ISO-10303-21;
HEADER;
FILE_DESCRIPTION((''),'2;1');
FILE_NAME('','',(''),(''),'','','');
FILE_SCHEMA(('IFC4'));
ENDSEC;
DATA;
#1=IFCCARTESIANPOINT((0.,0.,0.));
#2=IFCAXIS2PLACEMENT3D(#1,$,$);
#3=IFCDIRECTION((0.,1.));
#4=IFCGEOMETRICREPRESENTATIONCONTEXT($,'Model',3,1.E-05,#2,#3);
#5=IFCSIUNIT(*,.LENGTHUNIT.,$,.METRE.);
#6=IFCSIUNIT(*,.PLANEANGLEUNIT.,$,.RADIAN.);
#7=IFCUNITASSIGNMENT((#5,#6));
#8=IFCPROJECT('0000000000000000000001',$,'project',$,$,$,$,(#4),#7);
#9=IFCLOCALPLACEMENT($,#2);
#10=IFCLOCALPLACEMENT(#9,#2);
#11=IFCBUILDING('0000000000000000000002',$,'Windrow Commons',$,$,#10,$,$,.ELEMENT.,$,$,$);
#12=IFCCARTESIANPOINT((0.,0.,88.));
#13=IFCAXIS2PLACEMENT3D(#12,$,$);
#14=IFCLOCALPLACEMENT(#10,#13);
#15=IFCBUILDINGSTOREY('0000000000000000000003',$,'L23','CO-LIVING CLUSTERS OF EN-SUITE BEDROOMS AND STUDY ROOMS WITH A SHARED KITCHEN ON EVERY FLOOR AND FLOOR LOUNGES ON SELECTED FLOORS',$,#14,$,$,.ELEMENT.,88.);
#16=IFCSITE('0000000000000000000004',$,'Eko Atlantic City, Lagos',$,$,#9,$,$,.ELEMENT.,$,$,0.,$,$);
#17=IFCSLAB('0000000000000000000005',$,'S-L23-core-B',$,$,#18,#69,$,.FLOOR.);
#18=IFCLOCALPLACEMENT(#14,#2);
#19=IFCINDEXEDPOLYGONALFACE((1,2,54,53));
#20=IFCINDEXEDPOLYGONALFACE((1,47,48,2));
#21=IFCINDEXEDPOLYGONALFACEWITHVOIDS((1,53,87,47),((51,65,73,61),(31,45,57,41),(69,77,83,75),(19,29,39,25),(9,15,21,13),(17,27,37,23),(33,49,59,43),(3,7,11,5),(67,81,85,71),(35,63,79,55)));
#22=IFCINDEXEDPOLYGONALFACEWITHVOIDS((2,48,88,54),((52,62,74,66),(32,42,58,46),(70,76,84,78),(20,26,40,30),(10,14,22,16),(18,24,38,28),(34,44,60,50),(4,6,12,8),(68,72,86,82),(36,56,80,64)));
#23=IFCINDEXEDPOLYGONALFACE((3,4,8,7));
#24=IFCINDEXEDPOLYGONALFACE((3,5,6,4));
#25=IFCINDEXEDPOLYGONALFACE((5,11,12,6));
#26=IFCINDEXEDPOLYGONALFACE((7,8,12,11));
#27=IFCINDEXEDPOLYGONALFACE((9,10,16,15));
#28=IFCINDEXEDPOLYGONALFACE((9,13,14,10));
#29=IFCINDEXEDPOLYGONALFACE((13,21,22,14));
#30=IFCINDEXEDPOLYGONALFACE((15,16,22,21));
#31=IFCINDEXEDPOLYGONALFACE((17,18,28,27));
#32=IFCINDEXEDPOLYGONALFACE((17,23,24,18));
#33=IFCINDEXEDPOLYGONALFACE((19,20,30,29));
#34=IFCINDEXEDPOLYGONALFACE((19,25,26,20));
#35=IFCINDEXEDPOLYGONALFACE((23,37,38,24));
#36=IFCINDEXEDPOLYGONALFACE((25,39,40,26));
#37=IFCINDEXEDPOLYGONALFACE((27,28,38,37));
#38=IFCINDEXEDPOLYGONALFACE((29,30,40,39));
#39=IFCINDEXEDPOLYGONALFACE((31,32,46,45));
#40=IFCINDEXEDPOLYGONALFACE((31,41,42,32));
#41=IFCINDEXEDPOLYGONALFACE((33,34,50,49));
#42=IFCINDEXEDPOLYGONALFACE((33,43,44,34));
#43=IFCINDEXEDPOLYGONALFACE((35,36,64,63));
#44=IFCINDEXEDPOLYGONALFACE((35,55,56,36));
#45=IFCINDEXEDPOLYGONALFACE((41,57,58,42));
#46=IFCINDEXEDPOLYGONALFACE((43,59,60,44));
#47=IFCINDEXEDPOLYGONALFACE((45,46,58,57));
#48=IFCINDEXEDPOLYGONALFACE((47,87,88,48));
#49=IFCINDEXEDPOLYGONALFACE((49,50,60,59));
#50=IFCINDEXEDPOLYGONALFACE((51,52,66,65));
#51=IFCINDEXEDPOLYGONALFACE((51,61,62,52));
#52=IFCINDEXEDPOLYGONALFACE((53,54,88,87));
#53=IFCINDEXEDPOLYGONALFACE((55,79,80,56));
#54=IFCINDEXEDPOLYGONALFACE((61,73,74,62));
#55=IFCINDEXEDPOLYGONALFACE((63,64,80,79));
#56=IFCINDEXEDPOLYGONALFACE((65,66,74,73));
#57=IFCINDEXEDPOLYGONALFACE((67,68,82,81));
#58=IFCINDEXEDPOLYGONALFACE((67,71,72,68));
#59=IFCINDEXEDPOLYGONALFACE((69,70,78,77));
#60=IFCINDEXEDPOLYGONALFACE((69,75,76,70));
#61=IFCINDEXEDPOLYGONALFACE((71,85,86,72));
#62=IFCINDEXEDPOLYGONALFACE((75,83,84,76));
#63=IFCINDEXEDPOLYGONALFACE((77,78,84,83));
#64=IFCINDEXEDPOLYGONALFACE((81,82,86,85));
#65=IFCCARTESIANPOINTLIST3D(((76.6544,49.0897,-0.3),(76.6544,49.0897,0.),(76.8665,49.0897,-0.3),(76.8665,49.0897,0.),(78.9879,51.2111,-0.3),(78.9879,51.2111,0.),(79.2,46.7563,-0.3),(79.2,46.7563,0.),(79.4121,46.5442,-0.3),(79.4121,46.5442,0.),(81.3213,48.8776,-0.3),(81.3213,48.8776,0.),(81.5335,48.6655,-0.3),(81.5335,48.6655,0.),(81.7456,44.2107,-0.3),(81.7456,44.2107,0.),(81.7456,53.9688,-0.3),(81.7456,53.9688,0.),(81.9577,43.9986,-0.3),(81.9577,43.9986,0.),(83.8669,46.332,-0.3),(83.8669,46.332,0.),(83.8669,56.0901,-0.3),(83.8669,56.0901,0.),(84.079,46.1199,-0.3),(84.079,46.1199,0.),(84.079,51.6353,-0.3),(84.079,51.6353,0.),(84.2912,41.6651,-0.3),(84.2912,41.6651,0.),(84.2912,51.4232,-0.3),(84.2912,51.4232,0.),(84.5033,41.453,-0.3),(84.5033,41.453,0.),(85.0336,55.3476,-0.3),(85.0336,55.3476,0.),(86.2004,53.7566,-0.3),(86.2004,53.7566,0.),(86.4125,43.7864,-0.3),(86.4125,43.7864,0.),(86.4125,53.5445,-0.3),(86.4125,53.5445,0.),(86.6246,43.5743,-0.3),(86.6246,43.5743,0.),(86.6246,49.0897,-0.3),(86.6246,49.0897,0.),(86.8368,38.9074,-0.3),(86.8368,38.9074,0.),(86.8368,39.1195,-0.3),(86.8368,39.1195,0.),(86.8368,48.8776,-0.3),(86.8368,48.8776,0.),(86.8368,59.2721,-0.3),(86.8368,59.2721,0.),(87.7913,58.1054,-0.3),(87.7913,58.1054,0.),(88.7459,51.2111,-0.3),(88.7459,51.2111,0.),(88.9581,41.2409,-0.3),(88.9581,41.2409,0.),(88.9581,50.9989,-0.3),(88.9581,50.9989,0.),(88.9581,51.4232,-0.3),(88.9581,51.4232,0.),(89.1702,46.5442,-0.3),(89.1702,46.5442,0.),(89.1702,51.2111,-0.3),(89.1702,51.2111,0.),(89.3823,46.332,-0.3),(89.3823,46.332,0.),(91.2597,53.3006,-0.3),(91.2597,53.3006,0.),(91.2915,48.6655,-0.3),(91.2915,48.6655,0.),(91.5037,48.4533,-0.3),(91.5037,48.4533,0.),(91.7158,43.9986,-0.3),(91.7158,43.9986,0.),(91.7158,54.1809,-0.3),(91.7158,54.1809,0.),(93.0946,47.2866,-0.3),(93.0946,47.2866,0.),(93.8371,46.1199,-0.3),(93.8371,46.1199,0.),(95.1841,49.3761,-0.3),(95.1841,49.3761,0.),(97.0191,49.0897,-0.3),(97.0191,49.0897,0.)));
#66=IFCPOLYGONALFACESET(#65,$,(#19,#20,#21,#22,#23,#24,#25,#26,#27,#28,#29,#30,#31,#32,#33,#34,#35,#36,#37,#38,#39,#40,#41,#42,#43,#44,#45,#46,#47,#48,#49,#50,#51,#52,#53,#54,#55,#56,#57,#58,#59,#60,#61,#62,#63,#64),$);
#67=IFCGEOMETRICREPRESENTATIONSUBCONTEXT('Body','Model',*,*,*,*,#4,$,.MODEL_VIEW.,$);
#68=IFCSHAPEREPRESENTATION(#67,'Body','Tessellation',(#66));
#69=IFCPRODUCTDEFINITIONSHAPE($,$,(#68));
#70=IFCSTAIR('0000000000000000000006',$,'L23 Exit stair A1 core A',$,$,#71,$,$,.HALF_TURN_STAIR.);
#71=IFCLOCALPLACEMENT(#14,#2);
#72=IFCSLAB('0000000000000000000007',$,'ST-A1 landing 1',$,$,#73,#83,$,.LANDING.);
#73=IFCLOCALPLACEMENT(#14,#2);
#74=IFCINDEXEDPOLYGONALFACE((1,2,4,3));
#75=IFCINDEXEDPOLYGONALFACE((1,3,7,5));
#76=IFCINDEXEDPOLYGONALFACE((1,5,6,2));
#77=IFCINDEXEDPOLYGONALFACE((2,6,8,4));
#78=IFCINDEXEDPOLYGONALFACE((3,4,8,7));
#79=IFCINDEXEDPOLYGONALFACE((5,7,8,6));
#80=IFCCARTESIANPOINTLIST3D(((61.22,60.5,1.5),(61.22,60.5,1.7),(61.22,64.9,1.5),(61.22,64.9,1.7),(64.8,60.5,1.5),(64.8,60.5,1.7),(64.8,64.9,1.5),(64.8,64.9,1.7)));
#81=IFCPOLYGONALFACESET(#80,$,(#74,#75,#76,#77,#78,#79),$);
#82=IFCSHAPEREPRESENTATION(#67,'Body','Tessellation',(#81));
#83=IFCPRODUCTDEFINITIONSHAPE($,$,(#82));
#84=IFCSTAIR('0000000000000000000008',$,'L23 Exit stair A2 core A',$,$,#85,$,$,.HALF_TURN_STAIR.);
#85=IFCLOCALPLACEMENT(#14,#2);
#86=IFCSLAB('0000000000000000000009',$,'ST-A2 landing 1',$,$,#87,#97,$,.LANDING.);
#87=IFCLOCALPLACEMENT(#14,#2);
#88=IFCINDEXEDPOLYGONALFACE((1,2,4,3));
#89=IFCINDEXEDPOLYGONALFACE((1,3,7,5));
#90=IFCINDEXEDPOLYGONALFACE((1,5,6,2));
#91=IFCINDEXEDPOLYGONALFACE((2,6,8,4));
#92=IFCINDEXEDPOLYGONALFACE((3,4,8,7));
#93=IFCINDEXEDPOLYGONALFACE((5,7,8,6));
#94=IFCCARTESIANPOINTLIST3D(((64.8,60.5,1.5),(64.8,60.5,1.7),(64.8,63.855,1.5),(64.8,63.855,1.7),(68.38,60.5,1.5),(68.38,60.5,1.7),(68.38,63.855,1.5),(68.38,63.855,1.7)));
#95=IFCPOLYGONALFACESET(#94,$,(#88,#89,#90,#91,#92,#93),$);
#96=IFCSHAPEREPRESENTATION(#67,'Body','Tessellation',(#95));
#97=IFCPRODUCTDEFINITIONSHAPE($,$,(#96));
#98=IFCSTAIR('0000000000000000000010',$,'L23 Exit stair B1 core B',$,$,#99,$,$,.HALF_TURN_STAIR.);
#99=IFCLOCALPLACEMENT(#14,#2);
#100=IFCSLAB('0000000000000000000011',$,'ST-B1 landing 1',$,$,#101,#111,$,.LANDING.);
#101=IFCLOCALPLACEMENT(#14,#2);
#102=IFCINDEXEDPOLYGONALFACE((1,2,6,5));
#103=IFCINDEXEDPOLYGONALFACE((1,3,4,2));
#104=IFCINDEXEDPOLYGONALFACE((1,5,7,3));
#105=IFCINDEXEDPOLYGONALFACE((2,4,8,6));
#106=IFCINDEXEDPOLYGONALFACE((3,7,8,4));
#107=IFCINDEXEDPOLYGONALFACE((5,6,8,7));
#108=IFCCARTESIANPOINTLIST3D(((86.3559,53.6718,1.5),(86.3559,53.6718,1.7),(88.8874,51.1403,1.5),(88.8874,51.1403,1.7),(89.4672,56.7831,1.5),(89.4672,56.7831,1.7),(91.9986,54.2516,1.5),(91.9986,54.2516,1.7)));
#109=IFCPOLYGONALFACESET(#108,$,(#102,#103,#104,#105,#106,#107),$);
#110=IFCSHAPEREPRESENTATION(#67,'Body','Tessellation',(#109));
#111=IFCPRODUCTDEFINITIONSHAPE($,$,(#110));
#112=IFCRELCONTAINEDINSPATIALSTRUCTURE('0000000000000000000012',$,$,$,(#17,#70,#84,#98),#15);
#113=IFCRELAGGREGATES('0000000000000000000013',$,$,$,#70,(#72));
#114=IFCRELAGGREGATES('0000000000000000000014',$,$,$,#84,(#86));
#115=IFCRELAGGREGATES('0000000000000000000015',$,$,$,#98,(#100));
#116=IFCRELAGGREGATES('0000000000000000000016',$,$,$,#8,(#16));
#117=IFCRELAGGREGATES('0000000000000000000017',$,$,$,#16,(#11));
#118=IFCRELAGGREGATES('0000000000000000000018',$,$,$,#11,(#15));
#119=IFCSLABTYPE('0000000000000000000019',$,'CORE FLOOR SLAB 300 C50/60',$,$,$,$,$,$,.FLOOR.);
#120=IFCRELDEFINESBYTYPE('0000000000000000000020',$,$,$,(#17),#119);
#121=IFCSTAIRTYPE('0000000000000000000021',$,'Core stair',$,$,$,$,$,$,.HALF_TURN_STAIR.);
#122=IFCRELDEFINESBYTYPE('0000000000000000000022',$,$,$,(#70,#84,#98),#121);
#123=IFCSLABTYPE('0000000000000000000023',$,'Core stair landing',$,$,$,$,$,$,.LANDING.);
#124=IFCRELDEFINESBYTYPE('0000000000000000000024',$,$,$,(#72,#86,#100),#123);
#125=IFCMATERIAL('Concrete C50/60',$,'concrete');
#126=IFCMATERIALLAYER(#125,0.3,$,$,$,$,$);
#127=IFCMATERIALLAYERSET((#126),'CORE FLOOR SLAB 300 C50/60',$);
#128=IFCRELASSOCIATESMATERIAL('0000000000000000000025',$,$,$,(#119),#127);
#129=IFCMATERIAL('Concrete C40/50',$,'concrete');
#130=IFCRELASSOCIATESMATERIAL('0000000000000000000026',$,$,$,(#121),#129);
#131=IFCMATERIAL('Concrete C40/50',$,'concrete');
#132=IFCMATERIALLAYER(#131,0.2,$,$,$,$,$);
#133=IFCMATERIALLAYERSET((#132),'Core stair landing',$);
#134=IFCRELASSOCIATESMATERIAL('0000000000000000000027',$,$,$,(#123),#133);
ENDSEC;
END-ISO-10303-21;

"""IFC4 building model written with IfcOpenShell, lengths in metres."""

from ifc_helpers import new_model, si_unit, direction, frame, origin, place, context, subcontext, project, spatial, polyline, outline, extrude, material, layer, layer_set, type_object, element, aggregate, save


model = new_model("IFC4")

# Units and contexts
model_context = context("Model", 3, precision=1e-05, world=origin(), true_north=direction((0.0, 1.0)))
body_context = subcontext(model_context, "Body", "Model", "MODEL_VIEW")
ifc_project = project(units=[si_unit("LENGTHUNIT", "METRE"), si_unit("PLANEANGLEUNIT", "RADIAN")], contexts=[model_context])

# Site, building, storey
site_placement = place(None, origin())
site = spatial("IfcSite", under=ifc_project, at=site_placement, Name="Eko Atlantic City, Lagos", CompositionType="ELEMENT", RefElevation=0.0)
building_placement = place(site_placement, origin())
building = spatial("IfcBuilding", under=site, at=building_placement, Name="Windrow Commons", CompositionType="ELEMENT")
storey_placement = place(building_placement, frame((0.0, 0.0, 88.0)))
storey = spatial("IfcBuildingStorey", under=building, at=storey_placement, Name="L23", Description="CO-LIVING CLUSTERS OF EN-SUITE BEDROOMS AND STUDY ROOMS WITH A SHARED KITCHEN ON EVERY FLOOR AND FLOOR LOUNGES ON SELECTED FLOORS", CompositionType="ELEMENT", Elevation=88.0)

# Slab, openings
ifc_material_1 = material(Name="Concrete C50/60", Category="concrete")
ifc_layer_1 = layer(ifc_material_1, 0.3)
ifc_layer_set_1 = layer_set([ifc_layer_1], Name="CORE FLOOR SLAB 300 C50/60")
slab_type_1 = type_object("IfcSlabType", Name="CORE FLOOR SLAB 300 C50/60", PredefinedType="FLOOR", material=ifc_layer_set_1)
placement_1 = place(storey_placement, frame((0.0, 0.0, -0.3)))
slab_1 = element("IfcSlab", 1, at=placement_1, inside=storey, type_object=slab_type_1, Name="S-L23-core-B", PredefinedType="FLOOR", context=body_context, shape_type="SweptSolid", body=[
    extrude(outline(polyline([(76.6544, 49.0897), (86.8368, 38.9074), (97.0191, 49.0897), (86.8368, 59.2721), (76.6544, 49.0897)]), holes=[polyline([(76.8665, 49.0897), (79.2, 46.7563), (81.3213, 48.8776), (78.9879, 51.2111), (76.8665, 49.0897)]), polyline([(79.4121, 46.5442), (81.7456, 44.2107), (83.8669, 46.332), (81.5335, 48.6655), (79.4121, 46.5442)]), polyline([(81.9577, 43.9986), (84.2912, 41.6651), (86.4125, 43.7864), (84.079, 46.1199), (81.9577, 43.9986)]), polyline([(84.5033, 41.453), (86.8368, 39.1195), (88.9581, 41.2409), (86.6246, 43.5743), (84.5033, 41.453)]), polyline([(81.7456, 53.9688), (84.079, 51.6353), (86.2004, 53.7566), (83.8669, 56.0901), (81.7456, 53.9688)]), polyline([(84.2912, 51.4232), (86.6246, 49.0897), (88.7459, 51.2111), (86.4125, 53.5445), (84.2912, 51.4232)]), polyline([(86.8368, 48.8776), (89.1702, 46.5442), (91.2915, 48.6655), (88.9581, 50.9989), (86.8368, 48.8776)]), polyline([(89.3823, 46.332), (91.7158, 43.9986), (93.8371, 46.1199), (91.5037, 48.4533), (89.3823, 46.332)]), polyline([(85.0336, 55.3476), (88.9581, 51.4232), (91.7158, 54.1809), (87.7913, 58.1054), (85.0336, 55.3476)]), polyline([(89.1702, 51.2111), (93.0946, 47.2866), (95.1841, 49.3761), (91.2597, 53.3006), (89.1702, 51.2111)])]), origin(), (0.0, 0.0, 1.0), 0.3),
])
opening_1_placement = place(placement_1, origin())
element("IfcOpeningElement", 2, at=opening_1_placement, cuts=slab_1, PredefinedType="OPENING", context=body_context, shape_type="SweptSolid", body=[
    extrude(outline(polyline([(76.8736, 49.0897), (78.9879, 51.204), (81.3142, 48.8776), (79.2, 46.7634), (76.8736, 49.0897)])), origin(), (0.0, 0.0, 1.0), 0.3),
])
opening_2_placement = place(placement_1, origin())
element("IfcOpeningElement", 3, at=opening_2_placement, cuts=slab_1, PredefinedType="OPENING", context=body_context, shape_type="SweptSolid", body=[
    extrude(outline(polyline([(79.4192, 46.5442), (81.5335, 48.6584), (83.8598, 46.332), (81.7456, 44.2178), (79.4192, 46.5442)])), origin(), (0.0, 0.0, 1.0), 0.3),
])
opening_3_placement = place(placement_1, origin())
element("IfcOpeningElement", 4, at=opening_3_placement, cuts=slab_1, PredefinedType="OPENING", context=body_context, shape_type="SweptSolid", body=[
    extrude(outline(polyline([(81.9648, 43.9986), (84.079, 46.1128), (86.4054, 43.7864), (84.2912, 41.6722), (81.9648, 43.9986)])), origin(), (0.0, 0.0, 1.0), 0.3),
])
opening_4_placement = place(placement_1, origin())
element("IfcOpeningElement", 5, at=opening_4_placement, cuts=slab_1, PredefinedType="OPENING", context=body_context, shape_type="SweptSolid", body=[
    extrude(outline(polyline([(84.5104, 41.453), (86.6246, 43.5672), (88.951, 41.2409), (86.8368, 39.1266), (84.5104, 41.453)])), origin(), (0.0, 0.0, 1.0), 0.3),
])
opening_5_placement = place(placement_1, origin())
element("IfcOpeningElement", 6, at=opening_5_placement, cuts=slab_1, PredefinedType="OPENING", context=body_context, shape_type="SweptSolid", body=[
    extrude(outline(polyline([(81.7527, 53.9688), (83.8669, 56.083), (86.1933, 53.7566), (84.079, 51.6424), (81.7527, 53.9688)])), origin(), (0.0, 0.0, 1.0), 0.3),
])
opening_6_placement = place(placement_1, origin())
element("IfcOpeningElement", 7, at=opening_6_placement, cuts=slab_1, PredefinedType="OPENING", context=body_context, shape_type="SweptSolid", body=[
    extrude(outline(polyline([(84.2983, 51.4232), (86.4125, 53.5374), (88.7388, 51.2111), (86.6246, 49.0968), (84.2983, 51.4232)])), origin(), (0.0, 0.0, 1.0), 0.3),
])
opening_7_placement = place(placement_1, origin())
element("IfcOpeningElement", 8, at=opening_7_placement, cuts=slab_1, PredefinedType="OPENING", context=body_context, shape_type="SweptSolid", body=[
    extrude(outline(polyline([(86.8439, 48.8776), (88.9581, 50.9918), (91.2844, 48.6655), (89.1702, 46.5513), (86.8439, 48.8776)])), origin(), (0.0, 0.0, 1.0), 0.3),
])
opening_8_placement = place(placement_1, origin())
element("IfcOpeningElement", 9, at=opening_8_placement, cuts=slab_1, PredefinedType="OPENING", context=body_context, shape_type="SweptSolid", body=[
    extrude(outline(polyline([(89.3894, 46.332), (91.5037, 48.4462), (93.83, 46.1199), (91.7158, 44.0057), (89.3894, 46.332)])), origin(), (0.0, 0.0, 1.0), 0.3),
])
opening_9_placement = place(placement_1, origin())
element("IfcOpeningElement", 10, at=opening_9_placement, cuts=slab_1, PredefinedType="OPENING", context=body_context, shape_type="SweptSolid", body=[
    extrude(outline(polyline([(85.0407, 55.3476), (87.7913, 58.0983), (91.7087, 54.1809), (88.9581, 51.4303), (85.0407, 55.3476)])), origin(), (0.0, 0.0, 1.0), 0.3),
])
opening_10_placement = place(placement_1, origin())
element("IfcOpeningElement", 11, at=opening_10_placement, cuts=slab_1, PredefinedType="OPENING", context=body_context, shape_type="SweptSolid", body=[
    extrude(outline(polyline([(89.1773, 51.2111), (91.2597, 53.2935), (95.177, 49.3761), (93.0946, 47.2937), (89.1773, 51.2111)])), origin(), (0.0, 0.0, 1.0), 0.3),
])

# Stairs, slabs
ifc_material_2 = material(Name="Concrete C40/50", Category="concrete")
stair_type = type_object("IfcStairType", Name="Core stair", PredefinedType="HALF_TURN_STAIR", material=ifc_material_2)
placement_2 = place(storey_placement, origin())
stair_1 = element("IfcStair", 12, at=placement_2, inside=storey, type_object=stair_type, Name="L23 Exit stair A1 core A", PredefinedType="HALF_TURN_STAIR")
ifc_material_3 = material(Name="Concrete C40/50", Category="concrete")
ifc_layer_2 = layer(ifc_material_3, 0.2)
ifc_layer_set_2 = layer_set([ifc_layer_2], Name="Core stair landing")
slab_type_2 = type_object("IfcSlabType", Name="Core stair landing", PredefinedType="LANDING", material=ifc_layer_set_2)
placement_3 = place(storey_placement, frame((0.0, 0.0, 1.5)))
slab_2 = element("IfcSlab", 13, at=placement_3, type_object=slab_type_2, Name="ST-A1 landing 1", PredefinedType="LANDING", context=body_context, shape_type="SweptSolid", body=[
    extrude(outline(polyline([(61.22, 60.5), (64.8, 60.5), (64.8, 64.9), (61.22, 64.9), (61.22, 60.5)])), origin(), (0.0, 0.0, 1.0), 0.2),
])
aggregate(stair_1, [slab_2])
stair_2 = element("IfcStair", 14, at=placement_2, inside=storey, type_object=stair_type, Name="L23 Exit stair A2 core A", PredefinedType="HALF_TURN_STAIR")
slab_3 = element("IfcSlab", 15, at=placement_3, type_object=slab_type_2, Name="ST-A2 landing 1", PredefinedType="LANDING", context=body_context, shape_type="SweptSolid", body=[
    extrude(outline(polyline([(64.8, 60.5), (68.38, 60.5), (68.38, 63.855), (64.8, 63.855), (64.8, 60.5)])), origin(), (0.0, 0.0, 1.0), 0.2),
])
aggregate(stair_2, [slab_3])
stair_3 = element("IfcStair", 16, at=placement_2, inside=storey, type_object=stair_type, Name="L23 Exit stair B1 core B", PredefinedType="HALF_TURN_STAIR")
slab_4 = element("IfcSlab", 17, at=placement_3, type_object=slab_type_2, Name="ST-B1 landing 1", PredefinedType="LANDING", context=body_context, shape_type="SweptSolid", body=[
    extrude(outline(polyline([(86.3559, 53.6718), (88.8874, 51.1403), (91.9986, 54.2516), (89.4672, 56.7831), (86.3559, 53.6718)])), origin(), (0.0, 0.0, 1.0), 0.2),
])
aggregate(stair_3, [slab_4])

save(model, "model.ifc")
